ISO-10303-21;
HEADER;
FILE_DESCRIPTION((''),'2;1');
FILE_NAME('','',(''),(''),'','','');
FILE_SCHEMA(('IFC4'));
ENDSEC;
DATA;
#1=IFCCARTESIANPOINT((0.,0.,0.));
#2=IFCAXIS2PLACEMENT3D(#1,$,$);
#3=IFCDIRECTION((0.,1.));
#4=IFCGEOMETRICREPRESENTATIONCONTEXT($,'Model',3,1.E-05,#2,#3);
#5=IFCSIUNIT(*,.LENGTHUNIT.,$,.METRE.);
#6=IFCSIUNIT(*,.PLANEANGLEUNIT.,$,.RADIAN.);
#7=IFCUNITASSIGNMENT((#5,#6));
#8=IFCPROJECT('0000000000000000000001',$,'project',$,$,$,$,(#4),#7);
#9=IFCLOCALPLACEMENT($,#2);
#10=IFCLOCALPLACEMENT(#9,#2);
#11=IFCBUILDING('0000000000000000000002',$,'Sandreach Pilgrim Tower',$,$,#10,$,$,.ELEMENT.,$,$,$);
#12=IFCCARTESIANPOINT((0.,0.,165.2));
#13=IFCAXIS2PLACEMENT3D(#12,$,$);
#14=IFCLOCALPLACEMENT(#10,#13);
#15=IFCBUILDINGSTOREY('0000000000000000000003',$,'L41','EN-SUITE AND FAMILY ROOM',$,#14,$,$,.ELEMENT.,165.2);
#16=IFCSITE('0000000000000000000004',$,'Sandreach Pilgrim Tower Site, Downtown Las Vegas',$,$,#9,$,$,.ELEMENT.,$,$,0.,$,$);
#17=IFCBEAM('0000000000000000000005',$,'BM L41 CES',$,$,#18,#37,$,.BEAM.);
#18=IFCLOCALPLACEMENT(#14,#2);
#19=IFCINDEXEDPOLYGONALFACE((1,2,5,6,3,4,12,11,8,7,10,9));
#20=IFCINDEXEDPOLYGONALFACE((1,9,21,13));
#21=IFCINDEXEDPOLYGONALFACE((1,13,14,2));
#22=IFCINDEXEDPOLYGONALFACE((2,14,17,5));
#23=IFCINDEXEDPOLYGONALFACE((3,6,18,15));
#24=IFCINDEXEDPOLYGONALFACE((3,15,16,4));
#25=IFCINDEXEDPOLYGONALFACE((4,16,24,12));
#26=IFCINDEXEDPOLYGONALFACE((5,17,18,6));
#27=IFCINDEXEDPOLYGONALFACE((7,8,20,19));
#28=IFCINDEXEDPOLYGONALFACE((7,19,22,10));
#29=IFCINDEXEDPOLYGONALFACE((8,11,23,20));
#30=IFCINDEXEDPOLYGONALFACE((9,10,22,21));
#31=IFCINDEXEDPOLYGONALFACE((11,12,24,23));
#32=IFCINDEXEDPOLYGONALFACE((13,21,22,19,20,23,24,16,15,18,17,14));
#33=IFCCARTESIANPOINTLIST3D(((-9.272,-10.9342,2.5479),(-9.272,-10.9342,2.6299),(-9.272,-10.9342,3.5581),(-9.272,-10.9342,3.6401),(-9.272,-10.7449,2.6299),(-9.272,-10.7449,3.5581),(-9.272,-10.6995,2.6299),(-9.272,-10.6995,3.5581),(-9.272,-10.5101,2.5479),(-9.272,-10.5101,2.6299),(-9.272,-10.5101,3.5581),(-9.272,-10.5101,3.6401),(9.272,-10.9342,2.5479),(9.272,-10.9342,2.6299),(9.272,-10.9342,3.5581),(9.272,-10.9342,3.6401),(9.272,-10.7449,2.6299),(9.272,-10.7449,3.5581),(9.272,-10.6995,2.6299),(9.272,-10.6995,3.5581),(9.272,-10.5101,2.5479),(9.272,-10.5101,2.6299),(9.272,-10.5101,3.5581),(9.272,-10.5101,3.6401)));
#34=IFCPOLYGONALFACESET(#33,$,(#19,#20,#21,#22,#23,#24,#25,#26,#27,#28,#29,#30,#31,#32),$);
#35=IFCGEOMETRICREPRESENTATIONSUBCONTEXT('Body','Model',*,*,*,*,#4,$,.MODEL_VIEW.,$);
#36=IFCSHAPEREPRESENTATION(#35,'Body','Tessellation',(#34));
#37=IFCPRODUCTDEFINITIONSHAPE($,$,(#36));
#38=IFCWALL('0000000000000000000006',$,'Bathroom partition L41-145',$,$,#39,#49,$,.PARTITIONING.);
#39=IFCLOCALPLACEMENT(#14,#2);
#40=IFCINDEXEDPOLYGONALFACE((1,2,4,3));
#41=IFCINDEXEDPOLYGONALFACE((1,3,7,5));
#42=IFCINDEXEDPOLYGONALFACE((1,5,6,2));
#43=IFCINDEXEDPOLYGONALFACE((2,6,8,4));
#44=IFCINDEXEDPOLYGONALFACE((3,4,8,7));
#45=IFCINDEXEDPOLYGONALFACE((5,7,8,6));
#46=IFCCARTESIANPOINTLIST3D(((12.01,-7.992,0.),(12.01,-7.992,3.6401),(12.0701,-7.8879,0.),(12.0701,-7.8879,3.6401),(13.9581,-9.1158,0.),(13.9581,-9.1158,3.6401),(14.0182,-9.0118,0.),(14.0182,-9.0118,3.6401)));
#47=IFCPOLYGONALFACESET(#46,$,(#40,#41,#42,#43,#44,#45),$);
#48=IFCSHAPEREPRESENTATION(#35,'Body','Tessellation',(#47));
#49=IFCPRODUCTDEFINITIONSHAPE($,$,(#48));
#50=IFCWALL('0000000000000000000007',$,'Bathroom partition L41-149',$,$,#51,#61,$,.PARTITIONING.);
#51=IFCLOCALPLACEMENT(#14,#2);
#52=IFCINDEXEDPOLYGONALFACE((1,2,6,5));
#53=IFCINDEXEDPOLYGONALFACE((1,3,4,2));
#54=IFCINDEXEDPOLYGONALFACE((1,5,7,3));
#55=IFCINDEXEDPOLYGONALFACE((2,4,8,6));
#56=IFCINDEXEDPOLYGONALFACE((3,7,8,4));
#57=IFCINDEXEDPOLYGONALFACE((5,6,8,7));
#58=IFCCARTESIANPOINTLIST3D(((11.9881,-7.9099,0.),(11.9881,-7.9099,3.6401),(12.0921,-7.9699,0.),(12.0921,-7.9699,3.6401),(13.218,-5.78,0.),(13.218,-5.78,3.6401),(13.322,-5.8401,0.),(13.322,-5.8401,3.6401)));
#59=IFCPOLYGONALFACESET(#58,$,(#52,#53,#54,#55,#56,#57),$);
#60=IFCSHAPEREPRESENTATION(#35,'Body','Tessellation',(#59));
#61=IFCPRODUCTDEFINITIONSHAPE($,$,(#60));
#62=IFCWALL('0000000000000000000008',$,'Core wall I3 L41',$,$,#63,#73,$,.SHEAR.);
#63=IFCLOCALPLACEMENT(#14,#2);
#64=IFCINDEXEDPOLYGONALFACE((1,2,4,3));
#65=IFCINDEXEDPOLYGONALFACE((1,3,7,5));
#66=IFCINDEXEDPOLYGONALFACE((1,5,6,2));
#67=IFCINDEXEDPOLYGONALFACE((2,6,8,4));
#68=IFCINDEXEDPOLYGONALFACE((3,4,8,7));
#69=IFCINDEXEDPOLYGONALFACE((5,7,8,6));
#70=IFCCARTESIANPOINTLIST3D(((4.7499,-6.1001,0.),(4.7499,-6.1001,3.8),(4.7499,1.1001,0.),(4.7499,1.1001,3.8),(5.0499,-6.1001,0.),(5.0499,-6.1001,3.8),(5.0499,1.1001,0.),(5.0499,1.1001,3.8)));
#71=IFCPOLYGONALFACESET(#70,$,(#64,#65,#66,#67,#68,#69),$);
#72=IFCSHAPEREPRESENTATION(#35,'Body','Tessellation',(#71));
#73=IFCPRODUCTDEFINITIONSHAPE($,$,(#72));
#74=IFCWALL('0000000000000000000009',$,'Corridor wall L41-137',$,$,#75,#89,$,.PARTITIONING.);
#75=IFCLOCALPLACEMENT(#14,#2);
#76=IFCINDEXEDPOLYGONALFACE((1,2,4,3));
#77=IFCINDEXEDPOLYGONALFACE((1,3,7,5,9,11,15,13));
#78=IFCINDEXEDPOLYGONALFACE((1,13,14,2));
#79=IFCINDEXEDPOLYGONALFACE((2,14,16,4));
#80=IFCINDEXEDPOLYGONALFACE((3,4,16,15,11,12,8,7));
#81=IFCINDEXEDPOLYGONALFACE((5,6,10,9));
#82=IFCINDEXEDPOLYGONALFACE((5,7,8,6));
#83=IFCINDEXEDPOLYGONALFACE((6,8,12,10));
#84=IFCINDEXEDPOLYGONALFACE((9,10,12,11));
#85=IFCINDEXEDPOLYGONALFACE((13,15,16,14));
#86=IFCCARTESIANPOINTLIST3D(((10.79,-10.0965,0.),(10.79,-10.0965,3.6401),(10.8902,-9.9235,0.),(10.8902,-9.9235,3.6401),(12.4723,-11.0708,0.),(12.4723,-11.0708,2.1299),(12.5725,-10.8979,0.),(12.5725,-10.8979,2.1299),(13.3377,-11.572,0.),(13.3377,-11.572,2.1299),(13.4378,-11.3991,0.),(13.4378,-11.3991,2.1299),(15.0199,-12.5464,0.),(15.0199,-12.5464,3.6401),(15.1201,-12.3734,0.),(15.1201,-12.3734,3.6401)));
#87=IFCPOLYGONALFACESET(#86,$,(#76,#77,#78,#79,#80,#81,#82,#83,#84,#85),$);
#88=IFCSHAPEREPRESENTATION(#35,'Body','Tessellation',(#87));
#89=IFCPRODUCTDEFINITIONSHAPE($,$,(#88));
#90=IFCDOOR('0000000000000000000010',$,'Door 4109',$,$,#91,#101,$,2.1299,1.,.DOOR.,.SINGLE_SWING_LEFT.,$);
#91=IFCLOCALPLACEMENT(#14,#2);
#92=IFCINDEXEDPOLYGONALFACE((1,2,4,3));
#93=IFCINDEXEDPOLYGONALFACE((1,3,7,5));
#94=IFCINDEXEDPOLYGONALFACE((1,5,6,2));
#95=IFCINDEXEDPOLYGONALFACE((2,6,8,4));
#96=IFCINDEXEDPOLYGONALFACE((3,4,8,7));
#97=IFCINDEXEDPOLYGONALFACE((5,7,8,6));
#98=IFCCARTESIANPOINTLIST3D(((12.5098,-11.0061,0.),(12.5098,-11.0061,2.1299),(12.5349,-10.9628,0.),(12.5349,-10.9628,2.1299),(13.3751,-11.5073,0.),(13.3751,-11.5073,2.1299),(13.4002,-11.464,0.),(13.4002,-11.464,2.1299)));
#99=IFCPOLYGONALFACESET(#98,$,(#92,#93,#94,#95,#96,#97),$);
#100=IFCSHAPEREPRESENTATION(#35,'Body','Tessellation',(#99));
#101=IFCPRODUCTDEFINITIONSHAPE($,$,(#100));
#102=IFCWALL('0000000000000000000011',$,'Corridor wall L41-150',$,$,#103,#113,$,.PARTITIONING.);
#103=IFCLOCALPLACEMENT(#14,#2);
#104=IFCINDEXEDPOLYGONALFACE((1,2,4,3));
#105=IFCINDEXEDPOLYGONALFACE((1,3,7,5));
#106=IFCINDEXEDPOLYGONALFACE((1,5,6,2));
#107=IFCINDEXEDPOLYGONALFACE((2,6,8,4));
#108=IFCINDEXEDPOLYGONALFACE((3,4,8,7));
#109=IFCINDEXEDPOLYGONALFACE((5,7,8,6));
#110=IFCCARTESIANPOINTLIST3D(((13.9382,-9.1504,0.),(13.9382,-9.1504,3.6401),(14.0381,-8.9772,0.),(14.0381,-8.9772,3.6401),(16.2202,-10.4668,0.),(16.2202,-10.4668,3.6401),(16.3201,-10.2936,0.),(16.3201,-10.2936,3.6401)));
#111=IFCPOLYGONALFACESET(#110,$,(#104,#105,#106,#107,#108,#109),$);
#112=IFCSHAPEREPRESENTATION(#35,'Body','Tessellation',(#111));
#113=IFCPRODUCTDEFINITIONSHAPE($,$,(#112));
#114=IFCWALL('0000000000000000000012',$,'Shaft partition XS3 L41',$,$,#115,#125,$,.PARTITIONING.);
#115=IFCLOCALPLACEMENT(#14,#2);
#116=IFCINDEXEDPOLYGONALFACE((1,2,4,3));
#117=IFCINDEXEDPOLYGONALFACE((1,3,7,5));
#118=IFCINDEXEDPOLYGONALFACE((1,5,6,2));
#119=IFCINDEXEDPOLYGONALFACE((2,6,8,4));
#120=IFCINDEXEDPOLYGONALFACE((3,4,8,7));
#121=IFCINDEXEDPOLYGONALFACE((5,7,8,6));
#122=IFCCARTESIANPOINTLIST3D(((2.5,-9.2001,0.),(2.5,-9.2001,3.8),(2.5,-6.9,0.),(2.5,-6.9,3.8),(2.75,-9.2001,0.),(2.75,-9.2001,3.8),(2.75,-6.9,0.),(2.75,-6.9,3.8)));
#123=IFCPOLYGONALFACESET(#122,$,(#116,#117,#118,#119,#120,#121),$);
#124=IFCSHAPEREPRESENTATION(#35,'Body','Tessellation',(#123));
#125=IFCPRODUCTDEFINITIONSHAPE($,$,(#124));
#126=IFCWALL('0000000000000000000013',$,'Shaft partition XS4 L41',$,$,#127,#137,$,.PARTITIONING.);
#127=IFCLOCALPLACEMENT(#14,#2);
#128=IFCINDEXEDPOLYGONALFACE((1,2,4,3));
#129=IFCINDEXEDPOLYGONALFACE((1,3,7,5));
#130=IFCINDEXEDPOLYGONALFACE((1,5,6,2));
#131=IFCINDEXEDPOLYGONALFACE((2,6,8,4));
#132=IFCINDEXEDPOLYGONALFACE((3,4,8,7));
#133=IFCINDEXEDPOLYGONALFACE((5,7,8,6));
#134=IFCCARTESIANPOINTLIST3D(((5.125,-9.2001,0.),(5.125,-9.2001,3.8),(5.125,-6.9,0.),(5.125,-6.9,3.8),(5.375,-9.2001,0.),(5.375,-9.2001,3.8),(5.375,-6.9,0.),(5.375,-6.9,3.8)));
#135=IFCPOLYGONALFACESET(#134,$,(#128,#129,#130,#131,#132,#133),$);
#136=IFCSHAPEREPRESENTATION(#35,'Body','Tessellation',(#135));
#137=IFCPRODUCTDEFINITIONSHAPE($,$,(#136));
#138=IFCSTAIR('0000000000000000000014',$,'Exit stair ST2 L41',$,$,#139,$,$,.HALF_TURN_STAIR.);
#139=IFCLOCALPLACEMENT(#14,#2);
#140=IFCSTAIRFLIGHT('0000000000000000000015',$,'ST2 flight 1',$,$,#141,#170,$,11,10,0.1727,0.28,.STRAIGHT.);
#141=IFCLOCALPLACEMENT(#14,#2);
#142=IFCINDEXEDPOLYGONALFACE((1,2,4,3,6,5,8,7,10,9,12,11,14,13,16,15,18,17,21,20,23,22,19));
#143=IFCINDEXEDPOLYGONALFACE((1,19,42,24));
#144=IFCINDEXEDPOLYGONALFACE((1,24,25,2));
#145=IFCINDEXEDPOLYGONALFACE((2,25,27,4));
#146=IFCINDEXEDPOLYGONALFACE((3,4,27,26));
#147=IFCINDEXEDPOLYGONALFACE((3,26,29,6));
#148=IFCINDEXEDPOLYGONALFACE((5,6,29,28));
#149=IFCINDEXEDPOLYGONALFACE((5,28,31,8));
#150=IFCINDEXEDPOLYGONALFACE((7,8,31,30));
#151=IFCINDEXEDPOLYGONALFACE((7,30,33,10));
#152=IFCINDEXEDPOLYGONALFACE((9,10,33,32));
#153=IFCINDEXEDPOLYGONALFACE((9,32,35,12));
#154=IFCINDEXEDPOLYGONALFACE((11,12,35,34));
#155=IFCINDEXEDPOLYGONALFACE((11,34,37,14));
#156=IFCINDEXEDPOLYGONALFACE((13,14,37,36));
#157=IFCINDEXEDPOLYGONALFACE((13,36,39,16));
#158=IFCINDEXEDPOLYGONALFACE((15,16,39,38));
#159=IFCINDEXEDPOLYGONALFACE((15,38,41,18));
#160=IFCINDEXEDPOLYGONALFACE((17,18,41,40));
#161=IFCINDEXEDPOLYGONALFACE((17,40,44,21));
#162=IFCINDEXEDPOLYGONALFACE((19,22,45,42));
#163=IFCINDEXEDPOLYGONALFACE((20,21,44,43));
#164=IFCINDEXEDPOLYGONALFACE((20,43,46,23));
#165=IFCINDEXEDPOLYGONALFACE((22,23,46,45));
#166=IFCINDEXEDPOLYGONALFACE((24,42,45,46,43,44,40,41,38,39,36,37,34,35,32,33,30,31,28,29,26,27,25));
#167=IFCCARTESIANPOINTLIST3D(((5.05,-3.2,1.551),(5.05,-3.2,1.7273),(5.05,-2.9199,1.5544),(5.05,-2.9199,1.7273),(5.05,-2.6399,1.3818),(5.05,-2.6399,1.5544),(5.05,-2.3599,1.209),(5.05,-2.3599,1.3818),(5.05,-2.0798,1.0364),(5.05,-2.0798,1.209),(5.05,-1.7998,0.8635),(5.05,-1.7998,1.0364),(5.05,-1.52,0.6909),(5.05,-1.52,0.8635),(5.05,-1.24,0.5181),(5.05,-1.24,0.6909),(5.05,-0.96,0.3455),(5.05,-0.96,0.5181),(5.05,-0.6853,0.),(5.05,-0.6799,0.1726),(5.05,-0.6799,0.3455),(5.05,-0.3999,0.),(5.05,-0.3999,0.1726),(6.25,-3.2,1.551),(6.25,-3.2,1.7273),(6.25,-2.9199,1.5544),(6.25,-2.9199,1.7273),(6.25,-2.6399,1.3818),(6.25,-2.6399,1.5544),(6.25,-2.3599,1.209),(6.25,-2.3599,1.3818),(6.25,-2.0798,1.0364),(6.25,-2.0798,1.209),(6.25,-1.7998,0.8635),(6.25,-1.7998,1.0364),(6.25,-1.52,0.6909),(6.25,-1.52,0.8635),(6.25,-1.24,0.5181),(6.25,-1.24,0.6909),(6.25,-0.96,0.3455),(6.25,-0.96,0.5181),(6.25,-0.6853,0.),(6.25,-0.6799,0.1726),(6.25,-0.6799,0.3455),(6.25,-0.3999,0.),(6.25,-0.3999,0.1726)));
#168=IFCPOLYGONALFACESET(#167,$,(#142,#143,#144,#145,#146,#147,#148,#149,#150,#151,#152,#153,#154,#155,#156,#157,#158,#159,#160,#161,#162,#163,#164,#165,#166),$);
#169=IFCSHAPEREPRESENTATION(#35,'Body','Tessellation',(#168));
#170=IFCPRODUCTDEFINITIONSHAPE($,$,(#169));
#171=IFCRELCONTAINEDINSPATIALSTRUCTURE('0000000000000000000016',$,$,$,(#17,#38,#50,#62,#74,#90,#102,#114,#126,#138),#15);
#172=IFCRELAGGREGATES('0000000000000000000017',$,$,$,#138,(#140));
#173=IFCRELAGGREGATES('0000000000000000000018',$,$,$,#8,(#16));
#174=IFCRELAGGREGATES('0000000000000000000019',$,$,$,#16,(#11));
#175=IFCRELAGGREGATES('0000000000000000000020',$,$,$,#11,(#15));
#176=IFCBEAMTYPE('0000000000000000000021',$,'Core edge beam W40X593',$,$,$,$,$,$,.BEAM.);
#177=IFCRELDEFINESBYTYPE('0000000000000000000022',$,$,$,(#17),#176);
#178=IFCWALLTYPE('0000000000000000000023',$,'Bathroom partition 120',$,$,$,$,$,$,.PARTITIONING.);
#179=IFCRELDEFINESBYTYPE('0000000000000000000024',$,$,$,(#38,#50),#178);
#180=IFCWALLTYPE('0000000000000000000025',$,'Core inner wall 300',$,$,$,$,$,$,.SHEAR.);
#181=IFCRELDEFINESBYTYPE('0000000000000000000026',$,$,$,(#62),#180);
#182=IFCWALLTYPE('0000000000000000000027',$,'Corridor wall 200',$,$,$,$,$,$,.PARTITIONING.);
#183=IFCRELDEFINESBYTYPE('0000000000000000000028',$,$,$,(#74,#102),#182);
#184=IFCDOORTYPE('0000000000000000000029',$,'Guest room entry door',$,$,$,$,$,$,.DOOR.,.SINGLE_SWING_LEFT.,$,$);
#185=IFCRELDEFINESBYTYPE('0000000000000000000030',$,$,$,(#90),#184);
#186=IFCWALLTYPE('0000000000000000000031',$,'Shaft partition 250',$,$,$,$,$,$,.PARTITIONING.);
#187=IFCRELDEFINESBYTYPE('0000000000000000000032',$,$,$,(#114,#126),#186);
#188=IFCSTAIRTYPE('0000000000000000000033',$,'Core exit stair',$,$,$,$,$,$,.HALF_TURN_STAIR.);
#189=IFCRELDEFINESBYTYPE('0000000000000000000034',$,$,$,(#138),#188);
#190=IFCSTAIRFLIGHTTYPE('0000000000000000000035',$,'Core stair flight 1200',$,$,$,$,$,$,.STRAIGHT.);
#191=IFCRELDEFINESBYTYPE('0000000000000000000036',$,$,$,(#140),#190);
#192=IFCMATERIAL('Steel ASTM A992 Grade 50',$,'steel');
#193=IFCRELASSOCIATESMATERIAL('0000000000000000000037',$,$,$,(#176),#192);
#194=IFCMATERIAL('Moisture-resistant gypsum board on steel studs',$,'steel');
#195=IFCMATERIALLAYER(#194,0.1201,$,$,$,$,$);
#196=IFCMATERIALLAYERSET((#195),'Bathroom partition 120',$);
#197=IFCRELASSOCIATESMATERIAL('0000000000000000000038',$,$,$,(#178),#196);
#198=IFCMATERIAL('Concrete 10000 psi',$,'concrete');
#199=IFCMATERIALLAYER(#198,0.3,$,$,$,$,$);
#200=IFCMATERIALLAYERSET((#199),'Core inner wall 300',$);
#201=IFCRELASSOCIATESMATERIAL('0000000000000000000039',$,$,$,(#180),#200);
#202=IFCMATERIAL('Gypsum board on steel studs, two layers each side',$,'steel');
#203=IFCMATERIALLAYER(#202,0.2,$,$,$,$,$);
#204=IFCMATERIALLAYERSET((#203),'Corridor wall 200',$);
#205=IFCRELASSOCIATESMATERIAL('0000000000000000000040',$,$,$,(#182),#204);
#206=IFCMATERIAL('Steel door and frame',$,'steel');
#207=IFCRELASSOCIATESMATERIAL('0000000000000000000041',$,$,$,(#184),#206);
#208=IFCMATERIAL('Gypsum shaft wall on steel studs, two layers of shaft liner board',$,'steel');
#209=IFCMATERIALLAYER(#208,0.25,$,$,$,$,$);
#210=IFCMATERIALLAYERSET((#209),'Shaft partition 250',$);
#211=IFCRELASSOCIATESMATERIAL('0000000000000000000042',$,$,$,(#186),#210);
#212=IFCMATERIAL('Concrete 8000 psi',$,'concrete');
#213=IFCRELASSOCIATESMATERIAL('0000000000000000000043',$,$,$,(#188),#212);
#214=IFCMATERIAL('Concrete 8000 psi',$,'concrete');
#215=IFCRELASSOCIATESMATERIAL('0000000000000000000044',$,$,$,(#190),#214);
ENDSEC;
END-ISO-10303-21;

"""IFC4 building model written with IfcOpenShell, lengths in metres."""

from ifc_helpers import new_model, si_unit, direction, frame, frame_2d, origin, origin_2d, place, context, subcontext, project, spatial, polyline, rectangle, i_section, outline, extrude, material, layer, layer_set, material_profile, profile_set, type_object, element, fill, aggregate, save


model = new_model("IFC4")

# Units and contexts
model_context = context("Model", 3, precision=1e-05, world=origin(), true_north=direction((0.0, 1.0)))
body_context = subcontext(model_context, "Body", "Model", "MODEL_VIEW")
ifc_project = project(units=[si_unit("LENGTHUNIT", "METRE"), si_unit("PLANEANGLEUNIT", "RADIAN")], contexts=[model_context])

# Site, building, storey
site_placement = place(None, origin())
site = spatial("IfcSite", under=ifc_project, at=site_placement, Name="Sandreach Pilgrim Tower Site, Downtown Las Vegas", CompositionType="ELEMENT", RefElevation=0.0)
building_placement = place(site_placement, origin())
building = spatial("IfcBuilding", under=site, at=building_placement, Name="Sandreach Pilgrim Tower", CompositionType="ELEMENT")
storey_placement = place(building_placement, frame((0.0, 0.0, 165.2)))
storey = spatial("IfcBuildingStorey", under=building, at=storey_placement, Name="L41", Description="EN-SUITE AND FAMILY ROOM", CompositionType="ELEMENT", Elevation=165.2)

# Beam
ifc_material_1 = material(Name="Steel ASTM A992 Grade 50", Category="steel")
ifc_material_profile = material_profile(ifc_material_1, i_section(OverallWidth=0.4241, OverallDepth=1.0923, WebThickness=0.0454, FlangeThickness=0.082, at=origin_2d()), Name="W40X593")
ifc_profile_set = profile_set([ifc_material_profile], Name="Steel ASTM A992 Grade 50")
beam_type = type_object("IfcBeamType", Name="Core edge beam W40X593", PredefinedType="BEAM", material=ifc_profile_set)
beam_placement = place(storey_placement, frame((9.272, -10.7222, 3.094), z_axis=(-1.0, 0.0, 0.0), x_axis=(0.0, -1.0, 0.0)))
element("IfcBeam", 1, at=beam_placement, inside=storey, type_object=beam_type, Name="BM L41 CES", PredefinedType="BEAM", context=body_context, shape_type="SweptSolid", body=[
    extrude(i_section(OverallWidth=0.4241, OverallDepth=1.0923, WebThickness=0.0454, FlangeThickness=0.082, at=origin_2d()), origin(), (0.0, 0.0, 1.0), 18.5439),
])

# Walls
ifc_material_2 = material(Name="Moisture-resistant gypsum board on steel studs", Category="steel")
ifc_layer_1 = layer(ifc_material_2, 0.1201)
ifc_layer_set_1 = layer_set([ifc_layer_1], Name="Bathroom partition 120")
wall_type_1 = type_object("IfcWallType", Name="Bathroom partition 120", PredefinedType="PARTITIONING", material=ifc_layer_set_1)
wall_1_placement = place(storey_placement, frame((12.04, -7.9399, 0.0), z_axis=(0.0, 0.0, 1.0), x_axis=(0.866198, -0.499701, 0.0)))
element("IfcWall", 2, at=wall_1_placement, inside=storey, type_object=wall_type_1, Name="Bathroom partition L41-145", PredefinedType="PARTITIONING", context=body_context, shape_type="SweptSolid", body=[
    extrude(rectangle(XDim=2.249, YDim=0.1201, at=frame_2d((1.1245, 0.0))), origin(), (0.0, 0.0, 1.0), 3.6401),
])
wall_2_placement = place(storey_placement, frame((13.27, -5.8101, 0.0), z_axis=(0.0, 0.0, 1.0), x_axis=(-0.500089, -0.865974, 0.0)))
element("IfcWall", 3, at=wall_2_placement, inside=storey, type_object=wall_type_1, Name="Bathroom partition L41-149", PredefinedType="PARTITIONING", context=body_context, shape_type="SweptSolid", body=[
    extrude(rectangle(XDim=2.4595, YDim=0.1201, at=frame_2d((1.2297, 0.0))), origin(), (0.0, 0.0, 1.0), 3.6401),
])
ifc_material_3 = material(Name="Concrete 10000 psi", Category="concrete")
ifc_layer_2 = layer(ifc_material_3, 0.3)
ifc_layer_set_2 = layer_set([ifc_layer_2], Name="Core inner wall 300")
wall_type_2 = type_object("IfcWallType", Name="Core inner wall 300", PredefinedType="SHEAR", material=ifc_layer_set_2)
wall_3_placement = place(storey_placement, frame((4.8999, -6.1001, 0.0), z_axis=(0.0, 0.0, 1.0), x_axis=(0.0, 1.0, 0.0)))
element("IfcWall", 4, at=wall_3_placement, inside=storey, type_object=wall_type_2, Name="Core wall I3 L41", PredefinedType="SHEAR", context=body_context, shape_type="SweptSolid", body=[
    extrude(rectangle(XDim=7.2002, YDim=0.3, at=frame_2d((3.6001, 0.0))), origin(), (0.0, 0.0, 1.0), 3.8),
])

# Wall, opening, door
ifc_material_4 = material(Name="Gypsum board on steel studs, two layers each side", Category="steel")
ifc_layer_3 = layer(ifc_material_4, 0.2)
ifc_layer_set_3 = layer_set([ifc_layer_3], Name="Corridor wall 200")
wall_type_3 = type_object("IfcWallType", Name="Corridor wall 200", PredefinedType="PARTITIONING", material=ifc_layer_set_3)
wall_4_placement = place(storey_placement, frame((10.8401, -10.01, 0.0), z_axis=(0.0, 0.0, 1.0), x_axis=(0.865336, -0.501192, 0.0)))
wall_4 = element("IfcWall", 5, at=wall_4_placement, inside=storey, type_object=wall_type_3, Name="Corridor wall L41-137", PredefinedType="PARTITIONING", context=body_context, shape_type="SweptSolid", body=[
    extrude(rectangle(XDim=4.8882, YDim=0.2, at=frame_2d((2.4441, 0.0))), origin(), (0.0, 0.0, 1.0), 3.6401),
])
opening_1_placement = place(wall_4_placement, frame((1.9441, 0.0, 0.0)))
opening_1 = element("IfcOpeningElement", 6, at=opening_1_placement, cuts=wall_4, PredefinedType="OPENING", context=body_context, shape_type="SweptSolid", body=[
    extrude(rectangle(XDim=1.0, YDim=2.1299, at=frame_2d((0.5, 1.0649))), frame((0.0, 0.1001, 0.0), z_axis=(0.0, -1.0, 0.0), x_axis=(1.0, 0.0, 0.0)), (0.0, 0.0, 1.0), 0.2),
])
ifc_material_5 = material(Name="Steel door and frame", Category="steel")
door_type_1 = type_object("IfcDoorType", Name="Guest room entry door", OperationType="SINGLE_SWING_LEFT", PredefinedType="DOOR", material=ifc_material_5)
door_1_placement = place(opening_1_placement, origin())
door_1 = element("IfcDoor", 7, at=door_1_placement, inside=storey, type_object=door_type_1, Name="Door 4109", OperationType="SINGLE_SWING_LEFT", OverallHeight=2.1299, OverallWidth=1.0, PredefinedType="DOOR", context=body_context, shape_type="SweptSolid", body=[
    extrude(rectangle(XDim=1.0, YDim=2.1299, at=frame_2d((0.5, 1.0649))), frame((0.0, 0.0249, 0.0), z_axis=(0.0, -1.0, 0.0), x_axis=(1.0, 0.0, 0.0)), (0.0, 0.0, 1.0), 0.05),
])
fill(opening_1, door_1)

# Walls
wall_5_placement = place(storey_placement, frame((13.988, -9.0637, 0.0), z_axis=(0.0, 0.0, 1.0), x_axis=(0.866206, -0.499688, 0.0)))
element("IfcWall", 8, at=wall_5_placement, inside=storey, type_object=wall_type_3, Name="Corridor wall L41-150", PredefinedType="PARTITIONING", context=body_context, shape_type="SweptSolid", body=[
    extrude(rectangle(XDim=2.6345, YDim=0.2, at=frame_2d((1.3174, 0.0))), origin(), (0.0, 0.0, 1.0), 3.6401),
])
ifc_material_6 = material(Name="Gypsum shaft wall on steel studs, two layers of shaft liner board", Category="steel")
ifc_layer_4 = layer(ifc_material_6, 0.25)
ifc_layer_set_4 = layer_set([ifc_layer_4], Name="Shaft partition 250")
wall_type_4 = type_object("IfcWallType", Name="Shaft partition 250", PredefinedType="PARTITIONING", material=ifc_layer_set_4)
for number, where, z_axis, x_axis, name in (
    (9, (2.625, -9.2, 0.0), (0.0, 0.0, 1.0), (0.0, 1.0, 0.0), "Shaft partition XS3 L41"),
    (10, (5.25, -9.2, 0.0), (0.0, 0.0, 1.0), (0.0, 1.0, 0.0), "Shaft partition XS4 L41"),
):
    element("IfcWall", number, at=place(storey_placement, frame(where, z_axis=z_axis, x_axis=x_axis)), inside=storey, type_object=wall_type_4, Name=name, PredefinedType="PARTITIONING", context=body_context, shape_type="SweptSolid", body=[
        extrude(rectangle(XDim=2.3, YDim=0.25, at=frame_2d((1.1499, 0.0))), origin(), (0.0, 0.0, 1.0), 3.8),
    ])

# Stair, stair flight
ifc_material_7 = material(Name="Concrete 8000 psi", Category="concrete")
stair_type = type_object("IfcStairType", Name="Core exit stair", PredefinedType="HALF_TURN_STAIR", material=ifc_material_7)
stair_placement = place(storey_placement, origin())
stair = element("IfcStair", 11, at=stair_placement, inside=storey, type_object=stair_type, Name="Exit stair ST2 L41", PredefinedType="HALF_TURN_STAIR")
ifc_material_8 = material(Name="Concrete 8000 psi", Category="concrete")
stair_flight_type = type_object("IfcStairFlightType", Name="Core stair flight 1200", PredefinedType="STRAIGHT", material=ifc_material_8)
stair_flight_1_placement = place(storey_placement, frame((5.6499, -0.3999, 0.0), z_axis=(0.0, 0.0, 1.0), x_axis=(0.0, -1.0, 0.0)))
stair_flight_1 = element("IfcStairFlight", 12, at=stair_flight_1_placement, type_object=stair_flight_type, Name="ST2 flight 1", NumberOfRisers=11, NumberOfTreads=10, PredefinedType="STRAIGHT", RiserHeight=0.1727, TreadLength=0.28, context=body_context, shape_type="SweptSolid", body=[
    extrude(outline(polyline([(0.0, 0.0), (0.0, 0.1726), (0.28, 0.1726), (0.28, 0.3455), (0.5601, 0.3455), (0.5601, 0.5181), (0.8401, 0.5181), (0.8401, 0.6909), (1.1201, 0.6909), (1.1201, 0.8635), (1.3999, 0.8635), (1.3999, 1.0364), (1.6799, 1.0364), (1.6799, 1.209), (1.96, 1.209), (1.96, 1.3818), (2.24, 1.3818), (2.24, 1.5544), (2.52, 1.5544), (2.52, 1.7273), (2.8, 1.7273), (2.8, 1.8999), (2.8, 1.551), (0.2854, 0.0), (0.0, 0.0)])), frame((0.0, 0.6001, 0.0), z_axis=(0.0, -1.0, 0.0), x_axis=(1.0, 0.0, 0.0)), (0.0, 0.0, 1.0), 1.2),
])
aggregate(stair, [stair_flight_1])

save(model, "model.ifc")
